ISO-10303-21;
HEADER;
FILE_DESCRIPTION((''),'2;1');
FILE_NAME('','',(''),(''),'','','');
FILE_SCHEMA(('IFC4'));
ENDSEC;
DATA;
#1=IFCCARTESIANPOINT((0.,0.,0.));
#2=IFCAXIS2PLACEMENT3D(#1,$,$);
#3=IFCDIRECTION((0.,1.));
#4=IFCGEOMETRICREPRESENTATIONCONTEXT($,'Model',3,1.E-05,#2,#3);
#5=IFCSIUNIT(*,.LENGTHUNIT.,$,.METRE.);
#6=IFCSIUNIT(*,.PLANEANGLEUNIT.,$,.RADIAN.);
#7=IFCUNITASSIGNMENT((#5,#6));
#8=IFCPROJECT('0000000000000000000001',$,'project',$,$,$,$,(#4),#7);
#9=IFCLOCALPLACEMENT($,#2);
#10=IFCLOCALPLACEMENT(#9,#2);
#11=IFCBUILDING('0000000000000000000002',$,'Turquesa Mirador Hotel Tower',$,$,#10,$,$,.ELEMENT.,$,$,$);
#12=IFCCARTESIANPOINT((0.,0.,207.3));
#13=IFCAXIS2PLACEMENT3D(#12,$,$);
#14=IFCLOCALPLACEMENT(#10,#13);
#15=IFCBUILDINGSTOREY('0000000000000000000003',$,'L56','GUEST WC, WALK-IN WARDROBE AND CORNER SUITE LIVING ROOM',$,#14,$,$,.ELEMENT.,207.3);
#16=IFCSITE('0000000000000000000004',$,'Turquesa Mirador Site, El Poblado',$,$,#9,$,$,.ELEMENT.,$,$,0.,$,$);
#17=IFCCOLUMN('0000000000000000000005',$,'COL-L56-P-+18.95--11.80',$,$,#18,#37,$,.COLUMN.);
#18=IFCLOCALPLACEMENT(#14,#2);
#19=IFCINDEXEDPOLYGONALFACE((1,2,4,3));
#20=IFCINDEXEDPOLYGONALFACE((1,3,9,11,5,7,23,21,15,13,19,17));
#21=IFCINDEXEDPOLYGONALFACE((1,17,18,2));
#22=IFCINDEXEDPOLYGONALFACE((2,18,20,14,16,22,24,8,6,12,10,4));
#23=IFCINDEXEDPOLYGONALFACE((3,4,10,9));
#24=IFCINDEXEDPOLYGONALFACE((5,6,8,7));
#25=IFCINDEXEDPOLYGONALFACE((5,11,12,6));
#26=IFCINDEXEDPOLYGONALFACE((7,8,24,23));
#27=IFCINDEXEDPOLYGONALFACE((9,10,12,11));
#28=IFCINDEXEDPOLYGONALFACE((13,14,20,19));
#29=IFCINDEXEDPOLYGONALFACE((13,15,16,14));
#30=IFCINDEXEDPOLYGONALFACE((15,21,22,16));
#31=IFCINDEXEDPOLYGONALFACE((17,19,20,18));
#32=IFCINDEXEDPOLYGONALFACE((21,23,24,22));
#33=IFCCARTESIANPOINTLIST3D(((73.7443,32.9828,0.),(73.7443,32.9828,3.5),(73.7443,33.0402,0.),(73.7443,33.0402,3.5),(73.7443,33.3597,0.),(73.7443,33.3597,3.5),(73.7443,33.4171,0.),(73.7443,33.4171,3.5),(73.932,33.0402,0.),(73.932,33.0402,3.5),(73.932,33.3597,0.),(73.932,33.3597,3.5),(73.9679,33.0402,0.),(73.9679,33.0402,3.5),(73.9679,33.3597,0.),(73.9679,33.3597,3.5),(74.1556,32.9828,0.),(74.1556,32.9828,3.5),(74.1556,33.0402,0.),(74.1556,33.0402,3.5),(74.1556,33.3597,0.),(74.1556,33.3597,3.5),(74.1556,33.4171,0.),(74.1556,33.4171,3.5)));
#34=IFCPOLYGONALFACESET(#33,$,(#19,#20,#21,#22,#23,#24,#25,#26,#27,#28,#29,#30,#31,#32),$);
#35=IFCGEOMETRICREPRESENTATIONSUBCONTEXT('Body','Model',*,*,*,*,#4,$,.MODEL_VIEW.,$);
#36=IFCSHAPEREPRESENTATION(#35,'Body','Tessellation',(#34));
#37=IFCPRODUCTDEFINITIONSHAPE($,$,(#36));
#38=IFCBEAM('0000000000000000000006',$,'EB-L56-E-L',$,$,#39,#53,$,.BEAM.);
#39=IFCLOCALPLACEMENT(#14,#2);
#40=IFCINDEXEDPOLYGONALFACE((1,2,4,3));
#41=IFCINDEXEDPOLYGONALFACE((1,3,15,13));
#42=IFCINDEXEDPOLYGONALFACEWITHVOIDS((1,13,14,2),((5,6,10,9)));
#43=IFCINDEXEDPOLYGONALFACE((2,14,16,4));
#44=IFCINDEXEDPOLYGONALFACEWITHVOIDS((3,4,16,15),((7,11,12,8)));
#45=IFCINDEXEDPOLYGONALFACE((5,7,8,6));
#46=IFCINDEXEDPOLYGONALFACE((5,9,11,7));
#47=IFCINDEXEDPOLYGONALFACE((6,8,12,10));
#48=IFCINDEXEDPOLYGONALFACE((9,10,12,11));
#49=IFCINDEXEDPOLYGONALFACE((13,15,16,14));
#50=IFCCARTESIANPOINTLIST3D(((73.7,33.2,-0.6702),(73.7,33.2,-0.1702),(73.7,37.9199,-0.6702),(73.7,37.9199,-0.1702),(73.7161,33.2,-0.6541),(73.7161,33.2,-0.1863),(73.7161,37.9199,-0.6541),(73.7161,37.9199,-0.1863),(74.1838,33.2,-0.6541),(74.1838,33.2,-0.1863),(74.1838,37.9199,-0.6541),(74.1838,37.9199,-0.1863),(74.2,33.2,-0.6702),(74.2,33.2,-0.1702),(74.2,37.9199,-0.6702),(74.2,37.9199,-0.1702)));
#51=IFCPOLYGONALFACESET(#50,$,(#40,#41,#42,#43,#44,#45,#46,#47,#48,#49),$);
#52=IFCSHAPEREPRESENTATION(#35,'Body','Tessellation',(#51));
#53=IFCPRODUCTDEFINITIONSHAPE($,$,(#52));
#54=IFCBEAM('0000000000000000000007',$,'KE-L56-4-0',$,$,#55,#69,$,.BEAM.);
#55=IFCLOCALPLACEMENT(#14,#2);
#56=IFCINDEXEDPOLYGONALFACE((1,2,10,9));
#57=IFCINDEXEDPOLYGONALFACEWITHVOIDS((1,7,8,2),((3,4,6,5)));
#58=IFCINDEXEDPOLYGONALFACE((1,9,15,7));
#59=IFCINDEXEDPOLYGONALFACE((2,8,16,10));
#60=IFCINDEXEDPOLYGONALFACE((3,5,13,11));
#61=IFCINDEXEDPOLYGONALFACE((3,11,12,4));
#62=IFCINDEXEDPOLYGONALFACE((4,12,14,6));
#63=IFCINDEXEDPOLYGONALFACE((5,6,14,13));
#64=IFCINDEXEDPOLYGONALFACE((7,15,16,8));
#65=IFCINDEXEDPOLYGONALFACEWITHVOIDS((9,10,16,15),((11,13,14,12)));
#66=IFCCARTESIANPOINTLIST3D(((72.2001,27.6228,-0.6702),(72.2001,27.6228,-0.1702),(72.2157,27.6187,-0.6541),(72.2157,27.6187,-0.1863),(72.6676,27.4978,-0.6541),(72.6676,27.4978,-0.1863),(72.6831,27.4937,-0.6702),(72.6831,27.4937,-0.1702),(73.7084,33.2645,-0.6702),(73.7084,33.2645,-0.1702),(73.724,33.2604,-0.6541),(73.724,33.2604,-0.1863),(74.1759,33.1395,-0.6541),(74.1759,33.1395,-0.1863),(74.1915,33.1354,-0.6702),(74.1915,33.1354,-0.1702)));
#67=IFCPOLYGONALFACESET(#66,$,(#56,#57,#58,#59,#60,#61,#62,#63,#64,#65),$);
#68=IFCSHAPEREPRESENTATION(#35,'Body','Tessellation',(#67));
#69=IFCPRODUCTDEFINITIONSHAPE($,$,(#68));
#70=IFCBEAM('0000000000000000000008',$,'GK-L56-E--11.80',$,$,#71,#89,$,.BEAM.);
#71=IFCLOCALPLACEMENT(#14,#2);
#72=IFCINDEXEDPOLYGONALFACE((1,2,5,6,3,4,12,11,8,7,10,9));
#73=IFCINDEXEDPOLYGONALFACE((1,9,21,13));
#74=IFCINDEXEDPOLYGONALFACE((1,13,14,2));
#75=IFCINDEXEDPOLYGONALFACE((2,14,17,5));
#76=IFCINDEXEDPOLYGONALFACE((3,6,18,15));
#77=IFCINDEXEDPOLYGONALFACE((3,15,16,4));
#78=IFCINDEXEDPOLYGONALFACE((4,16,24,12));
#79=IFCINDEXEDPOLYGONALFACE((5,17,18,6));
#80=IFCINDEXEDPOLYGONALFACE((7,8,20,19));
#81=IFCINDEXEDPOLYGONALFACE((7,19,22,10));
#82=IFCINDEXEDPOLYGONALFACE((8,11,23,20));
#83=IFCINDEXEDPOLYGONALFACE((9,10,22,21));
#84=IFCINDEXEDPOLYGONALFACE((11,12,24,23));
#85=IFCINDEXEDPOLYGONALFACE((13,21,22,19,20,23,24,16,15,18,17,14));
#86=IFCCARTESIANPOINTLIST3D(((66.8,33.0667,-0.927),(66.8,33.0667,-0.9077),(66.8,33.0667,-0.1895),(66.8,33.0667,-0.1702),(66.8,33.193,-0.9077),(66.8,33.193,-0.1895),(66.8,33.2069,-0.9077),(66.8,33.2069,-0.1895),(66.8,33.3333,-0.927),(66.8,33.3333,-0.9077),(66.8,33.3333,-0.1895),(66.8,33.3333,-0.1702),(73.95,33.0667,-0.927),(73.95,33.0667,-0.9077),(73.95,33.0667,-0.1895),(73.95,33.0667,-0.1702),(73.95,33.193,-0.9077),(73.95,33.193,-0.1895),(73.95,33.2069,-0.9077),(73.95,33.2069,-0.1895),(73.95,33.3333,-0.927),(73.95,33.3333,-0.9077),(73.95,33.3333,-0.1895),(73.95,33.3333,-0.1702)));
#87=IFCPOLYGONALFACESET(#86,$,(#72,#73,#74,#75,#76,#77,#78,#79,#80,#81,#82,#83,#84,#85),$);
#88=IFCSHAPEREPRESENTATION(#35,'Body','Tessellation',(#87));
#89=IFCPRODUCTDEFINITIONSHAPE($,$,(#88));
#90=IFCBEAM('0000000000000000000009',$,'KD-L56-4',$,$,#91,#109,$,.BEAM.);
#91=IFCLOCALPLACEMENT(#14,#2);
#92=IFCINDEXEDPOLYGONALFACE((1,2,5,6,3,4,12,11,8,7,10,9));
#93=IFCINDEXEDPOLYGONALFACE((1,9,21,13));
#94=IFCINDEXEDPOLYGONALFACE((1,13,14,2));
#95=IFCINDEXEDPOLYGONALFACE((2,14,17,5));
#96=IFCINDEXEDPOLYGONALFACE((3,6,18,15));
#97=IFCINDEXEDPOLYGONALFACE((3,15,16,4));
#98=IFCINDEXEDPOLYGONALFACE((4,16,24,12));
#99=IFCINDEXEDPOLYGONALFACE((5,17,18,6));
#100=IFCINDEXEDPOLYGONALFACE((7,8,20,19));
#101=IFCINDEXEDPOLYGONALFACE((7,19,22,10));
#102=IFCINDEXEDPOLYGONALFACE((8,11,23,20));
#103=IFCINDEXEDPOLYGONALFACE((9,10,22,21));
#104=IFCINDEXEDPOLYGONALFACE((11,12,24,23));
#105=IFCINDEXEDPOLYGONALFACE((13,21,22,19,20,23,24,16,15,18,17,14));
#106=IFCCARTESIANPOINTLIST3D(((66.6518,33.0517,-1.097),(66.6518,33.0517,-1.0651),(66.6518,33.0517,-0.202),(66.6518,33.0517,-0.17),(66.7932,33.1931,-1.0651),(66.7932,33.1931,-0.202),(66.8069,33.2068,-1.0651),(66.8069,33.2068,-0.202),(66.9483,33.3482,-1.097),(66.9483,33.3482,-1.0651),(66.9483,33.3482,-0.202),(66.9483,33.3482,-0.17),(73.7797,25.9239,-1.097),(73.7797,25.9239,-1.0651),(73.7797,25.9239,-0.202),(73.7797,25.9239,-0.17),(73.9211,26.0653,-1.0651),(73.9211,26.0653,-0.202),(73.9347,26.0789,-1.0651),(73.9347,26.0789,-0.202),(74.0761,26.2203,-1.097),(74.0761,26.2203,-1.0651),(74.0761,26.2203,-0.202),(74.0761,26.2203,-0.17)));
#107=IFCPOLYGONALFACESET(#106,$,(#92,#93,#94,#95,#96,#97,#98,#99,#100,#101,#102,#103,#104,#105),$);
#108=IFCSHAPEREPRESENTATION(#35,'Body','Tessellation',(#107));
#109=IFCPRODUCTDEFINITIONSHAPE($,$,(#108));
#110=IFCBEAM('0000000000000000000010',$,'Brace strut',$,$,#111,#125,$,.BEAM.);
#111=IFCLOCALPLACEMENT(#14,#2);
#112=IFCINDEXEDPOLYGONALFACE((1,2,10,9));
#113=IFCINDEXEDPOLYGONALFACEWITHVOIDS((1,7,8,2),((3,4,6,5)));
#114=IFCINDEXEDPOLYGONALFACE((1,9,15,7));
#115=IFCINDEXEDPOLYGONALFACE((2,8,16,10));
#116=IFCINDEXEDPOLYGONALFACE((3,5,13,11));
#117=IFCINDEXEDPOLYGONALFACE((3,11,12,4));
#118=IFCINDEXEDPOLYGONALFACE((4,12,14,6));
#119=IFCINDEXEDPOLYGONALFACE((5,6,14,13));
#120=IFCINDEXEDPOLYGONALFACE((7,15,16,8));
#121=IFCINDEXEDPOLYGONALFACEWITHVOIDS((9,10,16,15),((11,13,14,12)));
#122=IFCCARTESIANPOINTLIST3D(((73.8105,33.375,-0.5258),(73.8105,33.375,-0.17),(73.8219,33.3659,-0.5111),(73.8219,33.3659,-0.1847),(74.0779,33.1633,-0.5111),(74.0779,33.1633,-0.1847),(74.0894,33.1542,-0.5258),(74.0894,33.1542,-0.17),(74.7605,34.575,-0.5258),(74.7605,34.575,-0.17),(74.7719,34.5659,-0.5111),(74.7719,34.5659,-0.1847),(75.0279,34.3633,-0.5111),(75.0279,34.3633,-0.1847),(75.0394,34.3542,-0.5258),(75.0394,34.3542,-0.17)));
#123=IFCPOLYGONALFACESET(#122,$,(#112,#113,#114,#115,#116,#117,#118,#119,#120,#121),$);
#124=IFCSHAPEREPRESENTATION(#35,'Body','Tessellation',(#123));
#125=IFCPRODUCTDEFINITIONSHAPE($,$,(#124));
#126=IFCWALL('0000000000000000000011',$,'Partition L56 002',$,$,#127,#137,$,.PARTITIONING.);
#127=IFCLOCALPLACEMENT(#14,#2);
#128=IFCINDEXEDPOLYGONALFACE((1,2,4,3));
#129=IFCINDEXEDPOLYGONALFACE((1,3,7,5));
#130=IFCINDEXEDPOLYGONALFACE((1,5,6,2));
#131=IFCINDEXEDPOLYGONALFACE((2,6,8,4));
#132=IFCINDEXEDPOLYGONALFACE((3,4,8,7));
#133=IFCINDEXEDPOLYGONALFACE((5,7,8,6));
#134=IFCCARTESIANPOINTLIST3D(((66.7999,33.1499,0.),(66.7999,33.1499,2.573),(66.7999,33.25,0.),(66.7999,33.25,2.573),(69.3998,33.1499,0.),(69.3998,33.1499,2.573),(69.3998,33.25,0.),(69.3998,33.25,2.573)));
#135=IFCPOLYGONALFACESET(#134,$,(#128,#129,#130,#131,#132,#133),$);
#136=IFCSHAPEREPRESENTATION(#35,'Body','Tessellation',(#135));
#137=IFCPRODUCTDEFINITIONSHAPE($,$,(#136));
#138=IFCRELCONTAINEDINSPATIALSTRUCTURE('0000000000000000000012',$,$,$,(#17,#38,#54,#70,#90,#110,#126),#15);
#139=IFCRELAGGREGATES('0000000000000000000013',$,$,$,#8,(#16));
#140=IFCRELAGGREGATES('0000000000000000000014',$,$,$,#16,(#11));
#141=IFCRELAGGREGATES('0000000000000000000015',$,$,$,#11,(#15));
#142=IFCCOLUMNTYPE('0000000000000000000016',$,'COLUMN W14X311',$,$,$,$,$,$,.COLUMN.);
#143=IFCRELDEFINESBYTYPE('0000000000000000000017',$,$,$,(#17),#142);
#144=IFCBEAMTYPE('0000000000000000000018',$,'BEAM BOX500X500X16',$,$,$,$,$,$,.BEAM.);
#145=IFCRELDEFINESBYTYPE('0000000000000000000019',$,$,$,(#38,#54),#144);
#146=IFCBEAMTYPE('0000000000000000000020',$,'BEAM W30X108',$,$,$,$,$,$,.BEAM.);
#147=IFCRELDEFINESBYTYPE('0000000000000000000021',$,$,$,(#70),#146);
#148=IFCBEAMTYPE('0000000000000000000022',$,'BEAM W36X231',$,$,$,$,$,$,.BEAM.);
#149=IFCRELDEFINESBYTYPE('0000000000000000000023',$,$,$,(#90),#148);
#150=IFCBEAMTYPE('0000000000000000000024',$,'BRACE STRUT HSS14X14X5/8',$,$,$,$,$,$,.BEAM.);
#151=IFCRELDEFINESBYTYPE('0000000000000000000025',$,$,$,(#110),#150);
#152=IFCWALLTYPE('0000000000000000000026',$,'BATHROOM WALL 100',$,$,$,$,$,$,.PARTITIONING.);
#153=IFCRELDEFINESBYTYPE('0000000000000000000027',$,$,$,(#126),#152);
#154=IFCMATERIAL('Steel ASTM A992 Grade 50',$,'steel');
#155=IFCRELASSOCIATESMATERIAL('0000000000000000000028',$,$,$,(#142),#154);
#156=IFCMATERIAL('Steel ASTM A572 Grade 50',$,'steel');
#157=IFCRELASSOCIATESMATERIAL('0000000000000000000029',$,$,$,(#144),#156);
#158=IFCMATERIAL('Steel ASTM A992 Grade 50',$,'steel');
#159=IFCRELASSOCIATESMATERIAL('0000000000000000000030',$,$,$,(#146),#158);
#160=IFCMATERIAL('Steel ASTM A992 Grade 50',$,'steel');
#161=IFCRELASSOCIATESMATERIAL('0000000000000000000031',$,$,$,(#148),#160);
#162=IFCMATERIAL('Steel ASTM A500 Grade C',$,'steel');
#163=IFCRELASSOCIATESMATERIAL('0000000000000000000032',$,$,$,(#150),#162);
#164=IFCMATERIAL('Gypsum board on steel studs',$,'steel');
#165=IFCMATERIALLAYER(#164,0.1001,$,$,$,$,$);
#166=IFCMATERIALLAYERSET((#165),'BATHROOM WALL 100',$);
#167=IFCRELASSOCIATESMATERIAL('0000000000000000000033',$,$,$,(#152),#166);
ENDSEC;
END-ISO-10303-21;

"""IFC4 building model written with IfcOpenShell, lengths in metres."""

from ifc_helpers import new_model, si_unit, direction, frame, frame_2d, origin, origin_2d, place, context, subcontext, project, spatial, rectangle, hollow_rectangle, i_section, extrude, material, layer, layer_set, material_profile, profile_set, type_object, element, save


model = new_model("IFC4")

# Units and contexts
model_context = context("Model", 3, precision=1e-05, world=origin(), true_north=direction((0.0, 1.0)))
body_context = subcontext(model_context, "Body", "Model", "MODEL_VIEW")
ifc_project = project(units=[si_unit("LENGTHUNIT", "METRE"), si_unit("PLANEANGLEUNIT", "RADIAN")], contexts=[model_context])

# Site, building, storey
site_placement = place(None, origin())
site = spatial("IfcSite", under=ifc_project, at=site_placement, Name="Turquesa Mirador Site, El Poblado", CompositionType="ELEMENT", RefElevation=0.0)
building_placement = place(site_placement, origin())
building = spatial("IfcBuilding", under=site, at=building_placement, Name="Turquesa Mirador Hotel Tower", CompositionType="ELEMENT")
storey_placement = place(building_placement, frame((0.0, 0.0, 207.3)))
storey = spatial("IfcBuildingStorey", under=building, at=storey_placement, Name="L56", Description="GUEST WC, WALK-IN WARDROBE AND CORNER SUITE LIVING ROOM", CompositionType="ELEMENT", Elevation=207.3)

# Column
ifc_material_1 = material(Name="Steel ASTM A992 Grade 50", Category="steel")
ifc_material_profile_1 = material_profile(ifc_material_1, i_section(OverallWidth=0.4114, OverallDepth=0.4343, WebThickness=0.0359, FlangeThickness=0.0574, at=origin_2d()), Name="W14X311")
ifc_profile_set_1 = profile_set([ifc_material_profile_1], Name="Steel ASTM A992 Grade 50")
column_type = type_object("IfcColumnType", Name="COLUMN W14X311", PredefinedType="COLUMN", material=ifc_profile_set_1)
column_placement = place(storey_placement, frame((73.95, 33.2, 0.0), z_axis=(0.0, 0.0, 1.0), x_axis=(1.0, 0.0, 0.0)))
element("IfcColumn", 1, at=column_placement, inside=storey, type_object=column_type, Name="COL-L56-P-+18.95--11.80", PredefinedType="COLUMN", context=body_context, shape_type="SweptSolid", body=[
    extrude(i_section(OverallWidth=0.4114, OverallDepth=0.4343, WebThickness=0.0359, FlangeThickness=0.0574, at=origin_2d()), origin(), (0.0, 0.0, 1.0), 3.5),
])

# Beams
ifc_material_2 = material(Name="Steel ASTM A572 Grade 50", Category="steel")
ifc_material_profile_2 = material_profile(ifc_material_2, hollow_rectangle(XDim=0.5, YDim=0.5, WallThickness=0.0161, at=origin_2d()), Name="BOX500X500X16")
ifc_profile_set_2 = profile_set([ifc_material_profile_2], Name="Steel ASTM A572 Grade 50")
beam_type_1 = type_object("IfcBeamType", Name="BEAM BOX500X500X16", PredefinedType="BEAM", material=ifc_profile_set_2)
beam_1_placement = place(storey_placement, frame((73.95, 33.2, -0.4202), z_axis=(0.0, 1.0, 0.0), x_axis=(-1.0, 0.0, 0.0)))
element("IfcBeam", 2, at=beam_1_placement, inside=storey, type_object=beam_type_1, Name="EB-L56-E-L", PredefinedType="BEAM", context=body_context, shape_type="SweptSolid", body=[
    extrude(hollow_rectangle(XDim=0.5, YDim=0.5, WallThickness=0.0161, at=origin_2d()), origin(), (0.0, 0.0, 1.0), 4.72),
])
beam_2_placement = place(storey_placement, frame((73.95, 33.2, -0.4202), z_axis=(-0.258282, -0.96607, 0.0), x_axis=(0.96607, -0.258282, 0.0)))
element("IfcBeam", 3, at=beam_2_placement, inside=storey, type_object=beam_type_1, Name="KE-L56-4-0", PredefinedType="BEAM", context=body_context, shape_type="SweptSolid", body=[
    extrude(hollow_rectangle(XDim=0.5, YDim=0.5, WallThickness=0.0161, at=origin_2d()), origin(), (0.0, 0.0, 1.0), 5.8398),
])
ifc_material_3 = material(Name="Steel ASTM A992 Grade 50", Category="steel")
ifc_material_profile_3 = material_profile(ifc_material_3, i_section(OverallWidth=0.2666, OverallDepth=0.7568, WebThickness=0.0139, FlangeThickness=0.0193, at=origin_2d()), Name="W30X108")
ifc_profile_set_3 = profile_set([ifc_material_profile_3], Name="Steel ASTM A992 Grade 50")
beam_type_2 = type_object("IfcBeamType", Name="BEAM W30X108", PredefinedType="BEAM", material=ifc_profile_set_3)
beam_3_placement = place(storey_placement, frame((73.95, 33.2, -0.5486), z_axis=(-1.0, 0.0, 0.0), x_axis=(0.0, -1.0, 0.0)))
element("IfcBeam", 4, at=beam_3_placement, inside=storey, type_object=beam_type_2, Name="GK-L56-E--11.80", PredefinedType="BEAM", context=body_context, shape_type="SweptSolid", body=[
    extrude(i_section(OverallWidth=0.2666, OverallDepth=0.7568, WebThickness=0.0139, FlangeThickness=0.0193, at=origin_2d()), origin(), (0.0, 0.0, 1.0), 7.1499),
])
ifc_material_4 = material(Name="Steel ASTM A992 Grade 50", Category="steel")
ifc_material_profile_4 = material_profile(ifc_material_4, i_section(OverallWidth=0.4192, OverallDepth=0.927, WebThickness=0.0193, FlangeThickness=0.032, at=origin_2d()), Name="W36X231")
ifc_profile_set_4 = profile_set([ifc_material_profile_4], Name="Steel ASTM A992 Grade 50")
beam_type_3 = type_object("IfcBeamType", Name="BEAM W36X231", PredefinedType="BEAM", material=ifc_profile_set_4)
beam_4_placement = place(storey_placement, frame((66.8, 33.2, -0.6335), z_axis=(0.707107, -0.707107, 0.0), x_axis=(0.707107, 0.707107, 0.0)))
element("IfcBeam", 5, at=beam_4_placement, inside=storey, type_object=beam_type_3, Name="KD-L56-4", PredefinedType="BEAM", context=body_context, shape_type="SweptSolid", body=[
    extrude(i_section(OverallWidth=0.4192, OverallDepth=0.927, WebThickness=0.0193, FlangeThickness=0.032, at=origin_2d()), origin(), (0.0, 0.0, 1.0), 10.0803),
])
ifc_material_5 = material(Name="Steel ASTM A500 Grade C", Category="steel")
ifc_material_profile_5 = material_profile(ifc_material_5, hollow_rectangle(XDim=0.3557, YDim=0.3557, WallThickness=0.0146, at=origin_2d()), Name="HSS14X14X5/8")
ifc_profile_set_5 = profile_set([ifc_material_profile_5], Name="Steel ASTM A500 Grade C")
beam_type_4 = type_object("IfcBeamType", Name="BRACE STRUT HSS14X14X5/8", PredefinedType="BEAM", material=ifc_profile_set_5)
beam_5_placement = place(storey_placement, frame((74.8999, 34.4646, -0.3479), z_axis=(-0.620699, -0.784049, 0.0), x_axis=(0.784049, -0.620699, 0.0)))
element("IfcBeam", 6, at=beam_5_placement, inside=storey, type_object=beam_type_4, Name="Brace strut", PredefinedType="BEAM", context=body_context, shape_type="SweptSolid", body=[
    extrude(hollow_rectangle(XDim=0.3557, YDim=0.3557, WallThickness=0.0146, at=origin_2d()), origin(), (0.0, 0.0, 1.0), 1.5305),
])

# Wall
ifc_material_6 = material(Name="Gypsum board on steel studs", Category="steel")
ifc_layer_1 = layer(ifc_material_6, 0.1001)
ifc_layer_set_1 = layer_set([ifc_layer_1], Name="BATHROOM WALL 100")
wall_type_1 = type_object("IfcWallType", Name="BATHROOM WALL 100", PredefinedType="PARTITIONING", material=ifc_layer_set_1)
wall_1_placement = place(storey_placement, frame((66.8, 33.2, 0.0), z_axis=(0.0, 0.0, 1.0), x_axis=(1.0, 0.0, 0.0)))
element("IfcWall", 7, at=wall_1_placement, inside=storey, type_object=wall_type_1, Name="Partition L56 002", PredefinedType="PARTITIONING", context=body_context, shape_type="SweptSolid", body=[
    extrude(rectangle(XDim=2.5999, YDim=0.1001, at=frame_2d((1.2998, 0.0))), origin(), (0.0, 0.0, 1.0), 2.573),
])

save(model, "model.ifc")
